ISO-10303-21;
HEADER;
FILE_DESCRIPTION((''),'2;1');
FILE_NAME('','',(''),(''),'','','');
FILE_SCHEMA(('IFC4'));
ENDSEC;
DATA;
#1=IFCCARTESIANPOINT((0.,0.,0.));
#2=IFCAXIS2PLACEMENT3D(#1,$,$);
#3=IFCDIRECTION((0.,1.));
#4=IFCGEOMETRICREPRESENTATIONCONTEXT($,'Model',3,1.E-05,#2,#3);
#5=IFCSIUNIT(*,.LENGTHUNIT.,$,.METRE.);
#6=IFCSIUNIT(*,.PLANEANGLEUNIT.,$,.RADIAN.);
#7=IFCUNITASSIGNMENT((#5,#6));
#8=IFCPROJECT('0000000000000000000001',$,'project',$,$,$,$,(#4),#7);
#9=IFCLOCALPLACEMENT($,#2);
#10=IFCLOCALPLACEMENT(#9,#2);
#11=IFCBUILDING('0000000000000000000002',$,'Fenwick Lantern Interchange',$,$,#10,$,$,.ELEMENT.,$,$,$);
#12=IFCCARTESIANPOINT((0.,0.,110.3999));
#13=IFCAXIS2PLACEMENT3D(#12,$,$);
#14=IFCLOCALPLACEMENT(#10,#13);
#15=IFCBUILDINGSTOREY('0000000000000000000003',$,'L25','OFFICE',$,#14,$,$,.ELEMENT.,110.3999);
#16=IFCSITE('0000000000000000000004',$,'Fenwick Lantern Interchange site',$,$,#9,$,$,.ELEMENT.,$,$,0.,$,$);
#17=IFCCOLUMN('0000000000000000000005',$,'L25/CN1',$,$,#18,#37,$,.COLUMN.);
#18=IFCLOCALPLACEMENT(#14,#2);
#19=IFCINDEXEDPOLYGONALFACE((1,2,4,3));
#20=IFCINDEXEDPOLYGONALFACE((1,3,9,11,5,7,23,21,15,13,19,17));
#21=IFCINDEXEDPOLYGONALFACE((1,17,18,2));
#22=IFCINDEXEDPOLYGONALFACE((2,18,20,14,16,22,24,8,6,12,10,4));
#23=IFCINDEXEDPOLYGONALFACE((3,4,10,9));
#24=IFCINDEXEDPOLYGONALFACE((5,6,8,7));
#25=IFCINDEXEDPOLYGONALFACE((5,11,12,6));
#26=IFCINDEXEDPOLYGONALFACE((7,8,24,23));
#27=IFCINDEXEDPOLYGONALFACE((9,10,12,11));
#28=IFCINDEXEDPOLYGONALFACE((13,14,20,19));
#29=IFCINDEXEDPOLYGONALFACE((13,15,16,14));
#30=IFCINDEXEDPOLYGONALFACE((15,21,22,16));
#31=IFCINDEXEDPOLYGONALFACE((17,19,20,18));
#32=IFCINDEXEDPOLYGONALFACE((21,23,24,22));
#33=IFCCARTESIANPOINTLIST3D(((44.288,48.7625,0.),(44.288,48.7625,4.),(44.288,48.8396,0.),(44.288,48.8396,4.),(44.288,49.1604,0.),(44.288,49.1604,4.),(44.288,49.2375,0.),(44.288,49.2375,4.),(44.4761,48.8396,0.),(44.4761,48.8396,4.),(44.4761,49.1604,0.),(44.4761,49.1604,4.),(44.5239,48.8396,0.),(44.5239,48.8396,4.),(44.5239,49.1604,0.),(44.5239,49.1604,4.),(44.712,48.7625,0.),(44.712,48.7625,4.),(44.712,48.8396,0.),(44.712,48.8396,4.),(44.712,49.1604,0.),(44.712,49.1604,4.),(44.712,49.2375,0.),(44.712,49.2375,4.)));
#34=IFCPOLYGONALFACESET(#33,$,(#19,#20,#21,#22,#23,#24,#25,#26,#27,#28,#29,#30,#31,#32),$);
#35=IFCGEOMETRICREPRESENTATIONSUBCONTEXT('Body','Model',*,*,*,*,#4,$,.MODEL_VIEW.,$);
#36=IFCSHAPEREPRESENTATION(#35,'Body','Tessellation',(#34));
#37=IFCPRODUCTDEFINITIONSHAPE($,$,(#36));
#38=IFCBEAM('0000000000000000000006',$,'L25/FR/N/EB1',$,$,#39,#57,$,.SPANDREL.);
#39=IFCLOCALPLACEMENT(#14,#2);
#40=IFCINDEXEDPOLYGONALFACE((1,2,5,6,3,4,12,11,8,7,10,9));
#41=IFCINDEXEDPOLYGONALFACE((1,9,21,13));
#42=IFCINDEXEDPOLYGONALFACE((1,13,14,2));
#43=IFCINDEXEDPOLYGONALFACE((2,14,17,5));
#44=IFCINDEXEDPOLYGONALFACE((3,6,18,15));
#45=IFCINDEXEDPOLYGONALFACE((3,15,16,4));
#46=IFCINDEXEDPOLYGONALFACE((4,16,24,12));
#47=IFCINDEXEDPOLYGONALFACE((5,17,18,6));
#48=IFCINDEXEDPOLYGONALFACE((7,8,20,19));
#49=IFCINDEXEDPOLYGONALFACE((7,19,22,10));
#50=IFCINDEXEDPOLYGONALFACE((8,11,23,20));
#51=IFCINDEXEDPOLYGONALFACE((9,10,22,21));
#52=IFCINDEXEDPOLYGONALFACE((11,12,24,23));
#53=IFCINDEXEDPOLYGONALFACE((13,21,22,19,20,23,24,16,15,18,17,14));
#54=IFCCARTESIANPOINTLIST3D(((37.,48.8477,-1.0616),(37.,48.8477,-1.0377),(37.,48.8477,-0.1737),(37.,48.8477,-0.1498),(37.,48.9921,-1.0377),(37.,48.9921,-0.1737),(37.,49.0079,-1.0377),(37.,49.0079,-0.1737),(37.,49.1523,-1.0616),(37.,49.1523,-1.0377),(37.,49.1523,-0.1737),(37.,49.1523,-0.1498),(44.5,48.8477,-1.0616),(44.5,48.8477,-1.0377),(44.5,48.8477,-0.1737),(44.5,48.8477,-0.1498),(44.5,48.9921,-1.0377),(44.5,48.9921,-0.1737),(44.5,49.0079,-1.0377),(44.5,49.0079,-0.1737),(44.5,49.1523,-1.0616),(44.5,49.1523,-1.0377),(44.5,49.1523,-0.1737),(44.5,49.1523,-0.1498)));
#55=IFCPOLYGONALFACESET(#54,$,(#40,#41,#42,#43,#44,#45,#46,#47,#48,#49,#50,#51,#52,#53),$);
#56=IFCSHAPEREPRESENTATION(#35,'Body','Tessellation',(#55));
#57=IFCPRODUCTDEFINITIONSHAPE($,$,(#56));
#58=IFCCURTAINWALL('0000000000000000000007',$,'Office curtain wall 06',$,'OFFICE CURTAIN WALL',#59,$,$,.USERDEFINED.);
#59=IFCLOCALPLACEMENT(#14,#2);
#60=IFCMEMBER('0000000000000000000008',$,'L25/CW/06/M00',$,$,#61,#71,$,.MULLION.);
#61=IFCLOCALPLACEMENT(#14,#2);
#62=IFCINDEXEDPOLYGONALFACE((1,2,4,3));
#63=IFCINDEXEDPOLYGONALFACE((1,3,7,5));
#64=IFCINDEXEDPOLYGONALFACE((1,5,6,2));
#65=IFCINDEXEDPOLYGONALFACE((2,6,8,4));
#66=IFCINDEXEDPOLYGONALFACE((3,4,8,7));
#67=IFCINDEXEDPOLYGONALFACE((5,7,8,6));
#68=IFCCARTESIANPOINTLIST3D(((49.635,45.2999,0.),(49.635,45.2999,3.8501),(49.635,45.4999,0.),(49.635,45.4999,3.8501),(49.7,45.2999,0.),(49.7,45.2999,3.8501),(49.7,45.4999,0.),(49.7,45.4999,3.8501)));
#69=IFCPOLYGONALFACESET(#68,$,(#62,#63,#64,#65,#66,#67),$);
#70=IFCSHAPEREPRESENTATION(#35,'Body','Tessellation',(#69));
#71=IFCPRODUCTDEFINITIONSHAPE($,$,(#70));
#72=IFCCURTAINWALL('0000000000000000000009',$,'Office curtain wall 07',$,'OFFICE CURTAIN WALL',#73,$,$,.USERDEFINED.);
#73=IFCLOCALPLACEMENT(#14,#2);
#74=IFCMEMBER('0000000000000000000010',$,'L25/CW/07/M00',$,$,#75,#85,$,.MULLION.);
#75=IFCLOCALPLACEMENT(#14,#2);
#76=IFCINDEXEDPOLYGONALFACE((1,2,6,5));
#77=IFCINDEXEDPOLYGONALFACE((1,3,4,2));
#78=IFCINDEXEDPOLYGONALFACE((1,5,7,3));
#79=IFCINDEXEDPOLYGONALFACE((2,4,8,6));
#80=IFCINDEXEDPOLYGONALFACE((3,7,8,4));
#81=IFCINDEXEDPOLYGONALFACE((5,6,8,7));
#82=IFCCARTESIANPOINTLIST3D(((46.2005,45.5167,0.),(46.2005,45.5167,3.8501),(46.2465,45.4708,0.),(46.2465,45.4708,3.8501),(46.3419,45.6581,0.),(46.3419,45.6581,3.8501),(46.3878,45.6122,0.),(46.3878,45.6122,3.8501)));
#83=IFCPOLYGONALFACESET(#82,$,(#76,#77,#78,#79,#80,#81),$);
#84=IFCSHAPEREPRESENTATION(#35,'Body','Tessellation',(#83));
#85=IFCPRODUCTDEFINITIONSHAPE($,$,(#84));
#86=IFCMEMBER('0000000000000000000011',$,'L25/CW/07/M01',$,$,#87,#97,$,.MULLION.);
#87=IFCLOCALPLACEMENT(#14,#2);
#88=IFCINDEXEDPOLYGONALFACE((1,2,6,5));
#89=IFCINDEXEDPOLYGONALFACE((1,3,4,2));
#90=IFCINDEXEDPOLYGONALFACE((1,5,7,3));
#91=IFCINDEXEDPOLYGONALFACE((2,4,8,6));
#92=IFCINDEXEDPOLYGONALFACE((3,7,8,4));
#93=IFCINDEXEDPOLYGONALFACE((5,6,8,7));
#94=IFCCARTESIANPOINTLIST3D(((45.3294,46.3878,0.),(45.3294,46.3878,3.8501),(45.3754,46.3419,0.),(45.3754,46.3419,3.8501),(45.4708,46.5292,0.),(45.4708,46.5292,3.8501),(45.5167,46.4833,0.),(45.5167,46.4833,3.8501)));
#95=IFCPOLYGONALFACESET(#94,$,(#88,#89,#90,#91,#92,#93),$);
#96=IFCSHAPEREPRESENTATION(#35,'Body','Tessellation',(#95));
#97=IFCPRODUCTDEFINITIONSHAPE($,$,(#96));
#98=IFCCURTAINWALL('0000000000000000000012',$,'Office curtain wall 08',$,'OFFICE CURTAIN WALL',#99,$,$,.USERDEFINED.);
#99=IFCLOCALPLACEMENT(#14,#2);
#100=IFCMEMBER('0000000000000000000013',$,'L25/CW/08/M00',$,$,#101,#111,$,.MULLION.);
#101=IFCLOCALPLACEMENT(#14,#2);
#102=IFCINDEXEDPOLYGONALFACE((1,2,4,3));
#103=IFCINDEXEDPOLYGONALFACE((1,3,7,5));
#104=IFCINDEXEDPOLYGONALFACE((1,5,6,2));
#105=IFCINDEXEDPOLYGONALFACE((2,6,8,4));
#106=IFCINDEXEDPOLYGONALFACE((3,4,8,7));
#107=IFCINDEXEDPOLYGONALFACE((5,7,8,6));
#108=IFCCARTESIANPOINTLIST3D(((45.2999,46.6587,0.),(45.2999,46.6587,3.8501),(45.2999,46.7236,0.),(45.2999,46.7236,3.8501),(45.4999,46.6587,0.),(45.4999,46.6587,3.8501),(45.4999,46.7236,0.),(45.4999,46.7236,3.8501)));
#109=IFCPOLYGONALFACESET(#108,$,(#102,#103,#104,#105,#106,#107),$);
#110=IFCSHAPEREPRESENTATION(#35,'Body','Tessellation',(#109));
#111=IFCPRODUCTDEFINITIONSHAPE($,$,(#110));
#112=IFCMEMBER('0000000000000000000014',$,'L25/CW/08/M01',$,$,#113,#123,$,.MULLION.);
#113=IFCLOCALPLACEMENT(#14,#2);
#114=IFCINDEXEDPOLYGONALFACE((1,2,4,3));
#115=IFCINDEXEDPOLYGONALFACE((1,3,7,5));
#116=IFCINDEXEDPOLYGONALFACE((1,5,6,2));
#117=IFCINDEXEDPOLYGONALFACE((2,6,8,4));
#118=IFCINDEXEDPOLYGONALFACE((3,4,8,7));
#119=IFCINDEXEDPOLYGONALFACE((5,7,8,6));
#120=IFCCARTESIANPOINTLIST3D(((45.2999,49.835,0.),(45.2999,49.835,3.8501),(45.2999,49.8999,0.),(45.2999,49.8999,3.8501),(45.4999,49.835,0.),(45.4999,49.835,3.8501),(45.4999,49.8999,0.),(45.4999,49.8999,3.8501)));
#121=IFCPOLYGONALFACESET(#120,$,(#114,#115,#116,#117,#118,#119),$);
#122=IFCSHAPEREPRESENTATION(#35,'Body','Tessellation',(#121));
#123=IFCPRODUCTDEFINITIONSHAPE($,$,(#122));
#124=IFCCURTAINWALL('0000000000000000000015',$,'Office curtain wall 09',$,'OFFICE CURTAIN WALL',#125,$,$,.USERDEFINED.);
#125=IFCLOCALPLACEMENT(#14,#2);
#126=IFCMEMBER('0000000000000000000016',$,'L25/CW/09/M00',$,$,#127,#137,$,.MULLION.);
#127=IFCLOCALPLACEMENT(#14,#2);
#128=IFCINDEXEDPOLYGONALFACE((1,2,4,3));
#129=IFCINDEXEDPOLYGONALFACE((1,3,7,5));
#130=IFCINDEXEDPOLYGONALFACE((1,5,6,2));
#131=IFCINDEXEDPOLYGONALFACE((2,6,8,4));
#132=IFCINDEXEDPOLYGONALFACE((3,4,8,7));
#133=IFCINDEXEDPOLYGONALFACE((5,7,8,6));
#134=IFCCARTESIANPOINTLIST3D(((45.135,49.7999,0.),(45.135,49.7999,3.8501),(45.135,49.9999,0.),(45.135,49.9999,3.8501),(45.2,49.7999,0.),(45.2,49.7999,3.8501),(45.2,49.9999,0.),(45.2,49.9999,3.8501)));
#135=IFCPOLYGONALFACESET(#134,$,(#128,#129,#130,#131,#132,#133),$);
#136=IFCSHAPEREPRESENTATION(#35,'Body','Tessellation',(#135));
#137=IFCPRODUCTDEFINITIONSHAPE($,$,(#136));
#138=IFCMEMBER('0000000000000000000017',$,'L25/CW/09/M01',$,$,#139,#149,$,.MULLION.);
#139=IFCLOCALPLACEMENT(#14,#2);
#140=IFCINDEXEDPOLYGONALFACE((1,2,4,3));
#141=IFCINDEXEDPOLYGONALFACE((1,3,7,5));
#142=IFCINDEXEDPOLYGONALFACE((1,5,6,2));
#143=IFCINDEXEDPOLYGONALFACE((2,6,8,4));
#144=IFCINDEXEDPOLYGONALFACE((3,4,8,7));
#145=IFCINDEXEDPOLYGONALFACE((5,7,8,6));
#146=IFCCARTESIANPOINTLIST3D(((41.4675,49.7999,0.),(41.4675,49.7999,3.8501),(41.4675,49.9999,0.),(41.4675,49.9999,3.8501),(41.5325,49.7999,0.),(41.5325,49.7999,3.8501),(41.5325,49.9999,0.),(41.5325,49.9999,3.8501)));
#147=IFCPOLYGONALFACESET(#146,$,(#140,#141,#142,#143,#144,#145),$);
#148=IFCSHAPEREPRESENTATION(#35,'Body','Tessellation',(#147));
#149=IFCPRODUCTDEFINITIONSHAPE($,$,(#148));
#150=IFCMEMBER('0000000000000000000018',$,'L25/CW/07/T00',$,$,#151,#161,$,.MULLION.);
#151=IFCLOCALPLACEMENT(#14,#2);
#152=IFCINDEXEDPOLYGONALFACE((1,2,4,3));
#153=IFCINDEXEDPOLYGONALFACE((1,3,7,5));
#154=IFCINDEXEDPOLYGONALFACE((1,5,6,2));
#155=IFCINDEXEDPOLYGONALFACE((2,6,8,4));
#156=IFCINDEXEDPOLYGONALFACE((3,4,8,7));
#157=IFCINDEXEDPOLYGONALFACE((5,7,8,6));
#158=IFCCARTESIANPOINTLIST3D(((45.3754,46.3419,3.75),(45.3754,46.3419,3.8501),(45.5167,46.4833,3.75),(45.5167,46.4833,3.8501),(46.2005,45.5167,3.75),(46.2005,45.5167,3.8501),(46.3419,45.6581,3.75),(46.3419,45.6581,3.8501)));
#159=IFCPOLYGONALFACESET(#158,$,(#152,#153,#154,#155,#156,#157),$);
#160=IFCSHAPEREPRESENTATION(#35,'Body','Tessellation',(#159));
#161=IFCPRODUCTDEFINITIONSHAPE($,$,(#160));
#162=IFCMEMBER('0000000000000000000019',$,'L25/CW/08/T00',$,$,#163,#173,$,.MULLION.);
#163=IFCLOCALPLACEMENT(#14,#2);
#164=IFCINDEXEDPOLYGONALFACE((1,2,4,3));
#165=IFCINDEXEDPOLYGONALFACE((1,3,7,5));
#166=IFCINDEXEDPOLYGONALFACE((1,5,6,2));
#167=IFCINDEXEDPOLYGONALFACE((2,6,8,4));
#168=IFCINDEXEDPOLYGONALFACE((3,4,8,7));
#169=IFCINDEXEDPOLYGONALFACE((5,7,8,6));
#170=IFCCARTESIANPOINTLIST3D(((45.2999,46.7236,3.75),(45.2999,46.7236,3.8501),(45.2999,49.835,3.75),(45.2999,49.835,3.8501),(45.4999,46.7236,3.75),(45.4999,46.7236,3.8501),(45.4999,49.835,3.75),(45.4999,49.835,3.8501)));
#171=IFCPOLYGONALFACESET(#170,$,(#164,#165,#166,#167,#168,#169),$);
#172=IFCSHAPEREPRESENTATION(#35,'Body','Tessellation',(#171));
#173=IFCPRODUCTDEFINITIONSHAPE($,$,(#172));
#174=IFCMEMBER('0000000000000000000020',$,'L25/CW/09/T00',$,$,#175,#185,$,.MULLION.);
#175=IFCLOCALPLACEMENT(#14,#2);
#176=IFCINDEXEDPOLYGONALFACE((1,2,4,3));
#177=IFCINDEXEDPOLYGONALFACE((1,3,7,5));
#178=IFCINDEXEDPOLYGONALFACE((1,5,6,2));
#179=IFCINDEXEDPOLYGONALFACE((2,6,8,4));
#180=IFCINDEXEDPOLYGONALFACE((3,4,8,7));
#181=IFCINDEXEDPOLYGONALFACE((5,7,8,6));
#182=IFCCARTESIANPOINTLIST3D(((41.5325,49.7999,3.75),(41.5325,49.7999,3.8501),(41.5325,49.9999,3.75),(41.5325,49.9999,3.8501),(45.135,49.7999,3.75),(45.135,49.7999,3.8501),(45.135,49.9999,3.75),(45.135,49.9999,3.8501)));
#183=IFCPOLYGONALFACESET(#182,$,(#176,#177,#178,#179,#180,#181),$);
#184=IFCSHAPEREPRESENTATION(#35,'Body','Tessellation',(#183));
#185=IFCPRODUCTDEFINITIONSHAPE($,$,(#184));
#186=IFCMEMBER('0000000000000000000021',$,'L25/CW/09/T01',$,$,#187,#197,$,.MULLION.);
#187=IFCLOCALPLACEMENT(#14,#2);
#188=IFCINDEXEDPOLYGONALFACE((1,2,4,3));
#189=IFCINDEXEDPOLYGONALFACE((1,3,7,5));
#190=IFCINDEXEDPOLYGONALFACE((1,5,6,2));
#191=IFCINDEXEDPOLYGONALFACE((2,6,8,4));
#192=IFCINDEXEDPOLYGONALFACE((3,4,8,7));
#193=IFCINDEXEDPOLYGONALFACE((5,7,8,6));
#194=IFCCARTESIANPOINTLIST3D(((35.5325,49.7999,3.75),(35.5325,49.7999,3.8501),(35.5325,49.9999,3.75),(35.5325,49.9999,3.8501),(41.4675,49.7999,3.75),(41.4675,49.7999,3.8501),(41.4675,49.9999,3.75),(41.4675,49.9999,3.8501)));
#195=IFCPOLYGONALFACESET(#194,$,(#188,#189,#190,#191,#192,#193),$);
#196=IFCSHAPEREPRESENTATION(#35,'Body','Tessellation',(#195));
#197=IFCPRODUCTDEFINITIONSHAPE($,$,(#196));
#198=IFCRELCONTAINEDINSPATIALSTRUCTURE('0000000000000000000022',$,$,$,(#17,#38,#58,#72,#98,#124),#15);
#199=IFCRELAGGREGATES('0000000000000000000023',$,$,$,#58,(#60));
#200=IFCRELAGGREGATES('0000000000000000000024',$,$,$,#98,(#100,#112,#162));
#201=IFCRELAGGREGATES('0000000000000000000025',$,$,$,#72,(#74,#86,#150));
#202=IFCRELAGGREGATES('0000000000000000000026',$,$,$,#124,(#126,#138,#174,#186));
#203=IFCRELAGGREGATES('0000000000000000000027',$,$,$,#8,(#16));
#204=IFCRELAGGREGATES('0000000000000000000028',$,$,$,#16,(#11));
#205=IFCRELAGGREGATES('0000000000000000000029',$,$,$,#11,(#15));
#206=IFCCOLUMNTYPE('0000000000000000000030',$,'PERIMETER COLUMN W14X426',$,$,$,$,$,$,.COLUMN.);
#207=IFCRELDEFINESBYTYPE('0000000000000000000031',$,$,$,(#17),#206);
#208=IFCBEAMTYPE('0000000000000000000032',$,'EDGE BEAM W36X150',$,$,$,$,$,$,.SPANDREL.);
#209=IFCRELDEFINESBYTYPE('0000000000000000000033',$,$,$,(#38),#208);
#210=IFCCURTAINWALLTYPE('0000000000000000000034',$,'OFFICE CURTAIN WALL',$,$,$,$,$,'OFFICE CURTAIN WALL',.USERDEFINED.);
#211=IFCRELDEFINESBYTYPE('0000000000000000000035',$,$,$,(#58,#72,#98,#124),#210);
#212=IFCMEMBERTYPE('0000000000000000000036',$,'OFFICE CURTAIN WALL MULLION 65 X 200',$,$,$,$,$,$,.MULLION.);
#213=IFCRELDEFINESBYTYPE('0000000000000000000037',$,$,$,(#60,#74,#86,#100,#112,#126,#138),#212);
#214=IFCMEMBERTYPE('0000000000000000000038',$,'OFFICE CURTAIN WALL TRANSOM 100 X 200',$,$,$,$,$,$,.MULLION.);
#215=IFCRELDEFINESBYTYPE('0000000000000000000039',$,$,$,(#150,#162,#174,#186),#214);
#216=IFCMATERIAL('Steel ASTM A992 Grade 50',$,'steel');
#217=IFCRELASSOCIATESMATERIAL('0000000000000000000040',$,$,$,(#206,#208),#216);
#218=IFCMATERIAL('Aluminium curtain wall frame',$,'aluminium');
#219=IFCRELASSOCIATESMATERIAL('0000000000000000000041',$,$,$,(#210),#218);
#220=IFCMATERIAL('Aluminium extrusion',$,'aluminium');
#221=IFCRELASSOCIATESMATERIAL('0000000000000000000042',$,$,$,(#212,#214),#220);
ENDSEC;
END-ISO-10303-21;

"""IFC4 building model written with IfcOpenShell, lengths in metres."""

from ifc_helpers import new_model, si_unit, direction, frame, origin, origin_2d, place, context, subcontext, project, spatial, rectangle, i_section, extrude, material, material_profile, profile_set, type_object, element, aggregate, save


model = new_model("IFC4")

# Units and contexts
model_context = context("Model", 3, precision=1e-05, world=origin(), true_north=direction((0.0, 1.0)))
body_context = subcontext(model_context, "Body", "Model", "MODEL_VIEW")
ifc_project = project(units=[si_unit("LENGTHUNIT", "METRE"), si_unit("PLANEANGLEUNIT", "RADIAN")], contexts=[model_context])

# Site, building, storey
site_placement = place(None, origin())
site = spatial("IfcSite", under=ifc_project, at=site_placement, Name="Fenwick Lantern Interchange site", CompositionType="ELEMENT", RefElevation=0.0)
building_placement = place(site_placement, origin())
building = spatial("IfcBuilding", under=site, at=building_placement, Name="Fenwick Lantern Interchange", CompositionType="ELEMENT")
storey_placement = place(building_placement, frame((0.0, 0.0, 110.3999)))
storey = spatial("IfcBuildingStorey", under=building, at=storey_placement, Name="L25", Description="OFFICE", CompositionType="ELEMENT", Elevation=110.3999)

# Column
ifc_material_1 = material(Name="Steel ASTM A992 Grade 50", Category="steel")
ifc_material_profile_1 = material_profile(ifc_material_1, i_section(OverallWidth=0.4241, OverallDepth=0.4751, WebThickness=0.0479, FlangeThickness=0.0771, at=origin_2d()), Name="W14X426")
ifc_profile_set_1 = profile_set([ifc_material_profile_1], Name="Steel ASTM A992 Grade 50")
column_type = type_object("IfcColumnType", Name="PERIMETER COLUMN W14X426", PredefinedType="COLUMN", material=ifc_profile_set_1)
column_placement = place(storey_placement, frame((44.5, 49.0, 0.0), z_axis=(0.0, 0.0, 1.0), x_axis=(1.0, 0.0, 0.0)))
element("IfcColumn", 1, at=column_placement, inside=storey, type_object=column_type, Name="L25/CN1", PredefinedType="COLUMN", context=body_context, shape_type="SweptSolid", body=[
    extrude(i_section(OverallWidth=0.4241, OverallDepth=0.4751, WebThickness=0.0479, FlangeThickness=0.0771, at=origin_2d()), origin(), (0.0, 0.0, 1.0), 4.0),
])

# Beam
ifc_material_profile_2 = material_profile(ifc_material_1, i_section(OverallWidth=0.3047, OverallDepth=0.9119, WebThickness=0.0159, FlangeThickness=0.0239, at=origin_2d()), Name="W36X150")
ifc_profile_set_2 = profile_set([ifc_material_profile_2], Name="Steel ASTM A992 Grade 50")
beam_type = type_object("IfcBeamType", Name="EDGE BEAM W36X150", PredefinedType="SPANDREL", material=ifc_profile_set_2)
beam_placement = place(storey_placement, frame((44.5, 49.0, -0.6057), z_axis=(-1.0, 0.0, 0.0), x_axis=(0.0, -1.0, 0.0)))
element("IfcBeam", 2, at=beam_placement, inside=storey, type_object=beam_type, Name="L25/FR/N/EB1", PredefinedType="SPANDREL", context=body_context, shape_type="SweptSolid", body=[
    extrude(i_section(OverallWidth=0.3047, OverallDepth=0.9119, WebThickness=0.0159, FlangeThickness=0.0239, at=origin_2d()), origin(), (0.0, 0.0, 1.0), 7.5),
])

# Curtain wall, member
ifc_material_2 = material(Name="Aluminium curtain wall frame", Category="aluminium")
curtain_wall_type = type_object("IfcCurtainWallType", Name="OFFICE CURTAIN WALL", ElementType="OFFICE CURTAIN WALL", PredefinedType="USERDEFINED", material=ifc_material_2)
curtain_wall_1_placement = place(storey_placement, origin())
curtain_wall_1 = element("IfcCurtainWall", 3, at=curtain_wall_1_placement, inside=storey, type_object=curtain_wall_type, Name="Office curtain wall 06", ObjectType="OFFICE CURTAIN WALL", PredefinedType="USERDEFINED")
ifc_material_3 = material(Name="Aluminium extrusion", Category="aluminium")
ifc_material_profile_3 = material_profile(ifc_material_3, rectangle(XDim=0.2, YDim=0.0649, at=origin_2d()), Name="OFFICE CURTAIN WALL MULLION 65 X 200")
ifc_profile_set_3 = profile_set([ifc_material_profile_3], Name="Aluminium extrusion")
member_type_1 = type_object("IfcMemberType", Name="OFFICE CURTAIN WALL MULLION 65 X 200", PredefinedType="MULLION", material=ifc_profile_set_3)
member_1_placement = place(storey_placement, frame((49.6675, 45.3999, 0.0), z_axis=(0.0, 0.0, 1.0), x_axis=(0.0, -1.0, 0.0)))
member_1 = element("IfcMember", 4, at=member_1_placement, type_object=member_type_1, Name="L25/CW/06/M00", PredefinedType="MULLION", context=body_context, shape_type="SweptSolid", body=[
    extrude(rectangle(XDim=0.2, YDim=0.0649, at=origin_2d()), origin(), (0.0, 0.0, 1.0), 3.8501),
])
aggregate(curtain_wall_1, [member_1])

# Curtain walls, members
curtain_wall_2_placement = place(storey_placement, origin())
curtain_wall_2 = element("IfcCurtainWall", 5, at=curtain_wall_2_placement, inside=storey, type_object=curtain_wall_type, Name="Office curtain wall 07", ObjectType="OFFICE CURTAIN WALL", PredefinedType="USERDEFINED")
member_2_placement = place(storey_placement, frame((46.2942, 45.5645, 0.0), z_axis=(0.0, 0.0, 1.0), x_axis=(-0.707107, -0.707107, 0.0)))
member_2 = element("IfcMember", 6, at=member_2_placement, type_object=member_type_1, Name="L25/CW/07/M00", PredefinedType="MULLION", context=body_context, shape_type="SweptSolid", body=[
    extrude(rectangle(XDim=0.2, YDim=0.0649, at=origin_2d()), origin(), (0.0, 0.0, 1.0), 3.8501),
])
member_3_placement = place(storey_placement, frame((45.4231, 46.4355, 0.0), z_axis=(0.0, 0.0, 1.0), x_axis=(-0.707107, -0.707107, 0.0)))
member_3 = element("IfcMember", 7, at=member_3_placement, type_object=member_type_1, Name="L25/CW/07/M01", PredefinedType="MULLION", context=body_context, shape_type="SweptSolid", body=[
    extrude(rectangle(XDim=0.2, YDim=0.0649, at=origin_2d()), origin(), (0.0, 0.0, 1.0), 3.8501),
])
curtain_wall_3_placement = place(storey_placement, origin())
curtain_wall_3 = element("IfcCurtainWall", 8, at=curtain_wall_3_placement, inside=storey, type_object=curtain_wall_type, Name="Office curtain wall 08", ObjectType="OFFICE CURTAIN WALL", PredefinedType="USERDEFINED")
member_4_placement = place(storey_placement, frame((45.3999, 46.6912, 0.0), z_axis=(0.0, 0.0, 1.0), x_axis=(-1.0, 0.0, 0.0)))
member_4 = element("IfcMember", 9, at=member_4_placement, type_object=member_type_1, Name="L25/CW/08/M00", PredefinedType="MULLION", context=body_context, shape_type="SweptSolid", body=[
    extrude(rectangle(XDim=0.2, YDim=0.0649, at=origin_2d()), origin(), (0.0, 0.0, 1.0), 3.8501),
])
member_5_placement = place(storey_placement, frame((45.3999, 49.8674, 0.0), z_axis=(0.0, 0.0, 1.0), x_axis=(-1.0, 0.0, 0.0)))
member_5 = element("IfcMember", 10, at=member_5_placement, type_object=member_type_1, Name="L25/CW/08/M01", PredefinedType="MULLION", context=body_context, shape_type="SweptSolid", body=[
    extrude(rectangle(XDim=0.2, YDim=0.0649, at=origin_2d()), origin(), (0.0, 0.0, 1.0), 3.8501),
])
curtain_wall_4_placement = place(storey_placement, origin())
curtain_wall_4 = element("IfcCurtainWall", 11, at=curtain_wall_4_placement, inside=storey, type_object=curtain_wall_type, Name="Office curtain wall 09", ObjectType="OFFICE CURTAIN WALL", PredefinedType="USERDEFINED")
member_6_placement = place(storey_placement, frame((45.1675, 49.8999, 0.0), z_axis=(0.0, 0.0, 1.0), x_axis=(0.0, -1.0, 0.0)))
member_6 = element("IfcMember", 12, at=member_6_placement, type_object=member_type_1, Name="L25/CW/09/M00", PredefinedType="MULLION", context=body_context, shape_type="SweptSolid", body=[
    extrude(rectangle(XDim=0.2, YDim=0.0649, at=origin_2d()), origin(), (0.0, 0.0, 1.0), 3.8501),
])
member_7_placement = place(storey_placement, frame((41.5, 49.8999, 0.0), z_axis=(0.0, 0.0, 1.0), x_axis=(0.0, -1.0, 0.0)))
member_7 = element("IfcMember", 13, at=member_7_placement, type_object=member_type_1, Name="L25/CW/09/M01", PredefinedType="MULLION", context=body_context, shape_type="SweptSolid", body=[
    extrude(rectangle(XDim=0.2, YDim=0.0649, at=origin_2d()), origin(), (0.0, 0.0, 1.0), 3.8501),
])

# Members
ifc_material_profile_4 = material_profile(ifc_material_3, rectangle(XDim=0.2, YDim=0.1001, at=origin_2d()), Name="OFFICE CURTAIN WALL TRANSOM 100 X 200")
ifc_profile_set_4 = profile_set([ifc_material_profile_4], Name="Aluminium extrusion")
member_type_2 = type_object("IfcMemberType", Name="OFFICE CURTAIN WALL TRANSOM 100 X 200", PredefinedType="MULLION", material=ifc_profile_set_4)
member_8_placement = place(storey_placement, frame((46.2712, 45.5874, 3.8), z_axis=(-0.707107, 0.707107, 0.0), x_axis=(-0.707107, -0.707107, 0.0)))
member_8 = element("IfcMember", 14, at=member_8_placement, type_object=member_type_2, Name="L25/CW/07/T00", PredefinedType="MULLION", context=body_context, shape_type="SweptSolid", body=[
    extrude(rectangle(XDim=0.2, YDim=0.1001, at=origin_2d()), origin(), (0.0, 0.0, 1.0), 1.167),
])
member_9_placement = place(storey_placement, frame((45.3999, 46.7236, 3.8), z_axis=(0.0, 1.0, 0.0), x_axis=(-1.0, 0.0, 0.0)))
member_9 = element("IfcMember", 15, at=member_9_placement, type_object=member_type_2, Name="L25/CW/08/T00", PredefinedType="MULLION", context=body_context, shape_type="SweptSolid", body=[
    extrude(rectangle(XDim=0.2, YDim=0.1001, at=origin_2d()), origin(), (0.0, 0.0, 1.0), 3.1113),
])
aggregate(curtain_wall_3, [member_4, member_5, member_9])
member_10_placement = place(storey_placement, frame((45.135, 49.8999, 3.8), z_axis=(-1.0, 0.0, 0.0), x_axis=(0.0, -1.0, 0.0)))
member_10 = element("IfcMember", 16, at=member_10_placement, type_object=member_type_2, Name="L25/CW/09/T00", PredefinedType="MULLION", context=body_context, shape_type="SweptSolid", body=[
    extrude(rectangle(XDim=0.2, YDim=0.1001, at=origin_2d()), origin(), (0.0, 0.0, 1.0), 3.6025),
])
member_11_placement = place(storey_placement, frame((41.4675, 49.8999, 3.8), z_axis=(-1.0, 0.0, 0.0), x_axis=(0.0, -1.0, 0.0)))
member_11 = element("IfcMember", 17, at=member_11_placement, type_object=member_type_2, Name="L25/CW/09/T01", PredefinedType="MULLION", context=body_context, shape_type="SweptSolid", body=[
    extrude(rectangle(XDim=0.2, YDim=0.1001, at=origin_2d()), origin(), (0.0, 0.0, 1.0), 5.9351),
])

aggregate(curtain_wall_2, [member_2, member_3, member_8])
aggregate(curtain_wall_4, [member_6, member_7, member_10, member_11])

save(model, "model.ifc")
